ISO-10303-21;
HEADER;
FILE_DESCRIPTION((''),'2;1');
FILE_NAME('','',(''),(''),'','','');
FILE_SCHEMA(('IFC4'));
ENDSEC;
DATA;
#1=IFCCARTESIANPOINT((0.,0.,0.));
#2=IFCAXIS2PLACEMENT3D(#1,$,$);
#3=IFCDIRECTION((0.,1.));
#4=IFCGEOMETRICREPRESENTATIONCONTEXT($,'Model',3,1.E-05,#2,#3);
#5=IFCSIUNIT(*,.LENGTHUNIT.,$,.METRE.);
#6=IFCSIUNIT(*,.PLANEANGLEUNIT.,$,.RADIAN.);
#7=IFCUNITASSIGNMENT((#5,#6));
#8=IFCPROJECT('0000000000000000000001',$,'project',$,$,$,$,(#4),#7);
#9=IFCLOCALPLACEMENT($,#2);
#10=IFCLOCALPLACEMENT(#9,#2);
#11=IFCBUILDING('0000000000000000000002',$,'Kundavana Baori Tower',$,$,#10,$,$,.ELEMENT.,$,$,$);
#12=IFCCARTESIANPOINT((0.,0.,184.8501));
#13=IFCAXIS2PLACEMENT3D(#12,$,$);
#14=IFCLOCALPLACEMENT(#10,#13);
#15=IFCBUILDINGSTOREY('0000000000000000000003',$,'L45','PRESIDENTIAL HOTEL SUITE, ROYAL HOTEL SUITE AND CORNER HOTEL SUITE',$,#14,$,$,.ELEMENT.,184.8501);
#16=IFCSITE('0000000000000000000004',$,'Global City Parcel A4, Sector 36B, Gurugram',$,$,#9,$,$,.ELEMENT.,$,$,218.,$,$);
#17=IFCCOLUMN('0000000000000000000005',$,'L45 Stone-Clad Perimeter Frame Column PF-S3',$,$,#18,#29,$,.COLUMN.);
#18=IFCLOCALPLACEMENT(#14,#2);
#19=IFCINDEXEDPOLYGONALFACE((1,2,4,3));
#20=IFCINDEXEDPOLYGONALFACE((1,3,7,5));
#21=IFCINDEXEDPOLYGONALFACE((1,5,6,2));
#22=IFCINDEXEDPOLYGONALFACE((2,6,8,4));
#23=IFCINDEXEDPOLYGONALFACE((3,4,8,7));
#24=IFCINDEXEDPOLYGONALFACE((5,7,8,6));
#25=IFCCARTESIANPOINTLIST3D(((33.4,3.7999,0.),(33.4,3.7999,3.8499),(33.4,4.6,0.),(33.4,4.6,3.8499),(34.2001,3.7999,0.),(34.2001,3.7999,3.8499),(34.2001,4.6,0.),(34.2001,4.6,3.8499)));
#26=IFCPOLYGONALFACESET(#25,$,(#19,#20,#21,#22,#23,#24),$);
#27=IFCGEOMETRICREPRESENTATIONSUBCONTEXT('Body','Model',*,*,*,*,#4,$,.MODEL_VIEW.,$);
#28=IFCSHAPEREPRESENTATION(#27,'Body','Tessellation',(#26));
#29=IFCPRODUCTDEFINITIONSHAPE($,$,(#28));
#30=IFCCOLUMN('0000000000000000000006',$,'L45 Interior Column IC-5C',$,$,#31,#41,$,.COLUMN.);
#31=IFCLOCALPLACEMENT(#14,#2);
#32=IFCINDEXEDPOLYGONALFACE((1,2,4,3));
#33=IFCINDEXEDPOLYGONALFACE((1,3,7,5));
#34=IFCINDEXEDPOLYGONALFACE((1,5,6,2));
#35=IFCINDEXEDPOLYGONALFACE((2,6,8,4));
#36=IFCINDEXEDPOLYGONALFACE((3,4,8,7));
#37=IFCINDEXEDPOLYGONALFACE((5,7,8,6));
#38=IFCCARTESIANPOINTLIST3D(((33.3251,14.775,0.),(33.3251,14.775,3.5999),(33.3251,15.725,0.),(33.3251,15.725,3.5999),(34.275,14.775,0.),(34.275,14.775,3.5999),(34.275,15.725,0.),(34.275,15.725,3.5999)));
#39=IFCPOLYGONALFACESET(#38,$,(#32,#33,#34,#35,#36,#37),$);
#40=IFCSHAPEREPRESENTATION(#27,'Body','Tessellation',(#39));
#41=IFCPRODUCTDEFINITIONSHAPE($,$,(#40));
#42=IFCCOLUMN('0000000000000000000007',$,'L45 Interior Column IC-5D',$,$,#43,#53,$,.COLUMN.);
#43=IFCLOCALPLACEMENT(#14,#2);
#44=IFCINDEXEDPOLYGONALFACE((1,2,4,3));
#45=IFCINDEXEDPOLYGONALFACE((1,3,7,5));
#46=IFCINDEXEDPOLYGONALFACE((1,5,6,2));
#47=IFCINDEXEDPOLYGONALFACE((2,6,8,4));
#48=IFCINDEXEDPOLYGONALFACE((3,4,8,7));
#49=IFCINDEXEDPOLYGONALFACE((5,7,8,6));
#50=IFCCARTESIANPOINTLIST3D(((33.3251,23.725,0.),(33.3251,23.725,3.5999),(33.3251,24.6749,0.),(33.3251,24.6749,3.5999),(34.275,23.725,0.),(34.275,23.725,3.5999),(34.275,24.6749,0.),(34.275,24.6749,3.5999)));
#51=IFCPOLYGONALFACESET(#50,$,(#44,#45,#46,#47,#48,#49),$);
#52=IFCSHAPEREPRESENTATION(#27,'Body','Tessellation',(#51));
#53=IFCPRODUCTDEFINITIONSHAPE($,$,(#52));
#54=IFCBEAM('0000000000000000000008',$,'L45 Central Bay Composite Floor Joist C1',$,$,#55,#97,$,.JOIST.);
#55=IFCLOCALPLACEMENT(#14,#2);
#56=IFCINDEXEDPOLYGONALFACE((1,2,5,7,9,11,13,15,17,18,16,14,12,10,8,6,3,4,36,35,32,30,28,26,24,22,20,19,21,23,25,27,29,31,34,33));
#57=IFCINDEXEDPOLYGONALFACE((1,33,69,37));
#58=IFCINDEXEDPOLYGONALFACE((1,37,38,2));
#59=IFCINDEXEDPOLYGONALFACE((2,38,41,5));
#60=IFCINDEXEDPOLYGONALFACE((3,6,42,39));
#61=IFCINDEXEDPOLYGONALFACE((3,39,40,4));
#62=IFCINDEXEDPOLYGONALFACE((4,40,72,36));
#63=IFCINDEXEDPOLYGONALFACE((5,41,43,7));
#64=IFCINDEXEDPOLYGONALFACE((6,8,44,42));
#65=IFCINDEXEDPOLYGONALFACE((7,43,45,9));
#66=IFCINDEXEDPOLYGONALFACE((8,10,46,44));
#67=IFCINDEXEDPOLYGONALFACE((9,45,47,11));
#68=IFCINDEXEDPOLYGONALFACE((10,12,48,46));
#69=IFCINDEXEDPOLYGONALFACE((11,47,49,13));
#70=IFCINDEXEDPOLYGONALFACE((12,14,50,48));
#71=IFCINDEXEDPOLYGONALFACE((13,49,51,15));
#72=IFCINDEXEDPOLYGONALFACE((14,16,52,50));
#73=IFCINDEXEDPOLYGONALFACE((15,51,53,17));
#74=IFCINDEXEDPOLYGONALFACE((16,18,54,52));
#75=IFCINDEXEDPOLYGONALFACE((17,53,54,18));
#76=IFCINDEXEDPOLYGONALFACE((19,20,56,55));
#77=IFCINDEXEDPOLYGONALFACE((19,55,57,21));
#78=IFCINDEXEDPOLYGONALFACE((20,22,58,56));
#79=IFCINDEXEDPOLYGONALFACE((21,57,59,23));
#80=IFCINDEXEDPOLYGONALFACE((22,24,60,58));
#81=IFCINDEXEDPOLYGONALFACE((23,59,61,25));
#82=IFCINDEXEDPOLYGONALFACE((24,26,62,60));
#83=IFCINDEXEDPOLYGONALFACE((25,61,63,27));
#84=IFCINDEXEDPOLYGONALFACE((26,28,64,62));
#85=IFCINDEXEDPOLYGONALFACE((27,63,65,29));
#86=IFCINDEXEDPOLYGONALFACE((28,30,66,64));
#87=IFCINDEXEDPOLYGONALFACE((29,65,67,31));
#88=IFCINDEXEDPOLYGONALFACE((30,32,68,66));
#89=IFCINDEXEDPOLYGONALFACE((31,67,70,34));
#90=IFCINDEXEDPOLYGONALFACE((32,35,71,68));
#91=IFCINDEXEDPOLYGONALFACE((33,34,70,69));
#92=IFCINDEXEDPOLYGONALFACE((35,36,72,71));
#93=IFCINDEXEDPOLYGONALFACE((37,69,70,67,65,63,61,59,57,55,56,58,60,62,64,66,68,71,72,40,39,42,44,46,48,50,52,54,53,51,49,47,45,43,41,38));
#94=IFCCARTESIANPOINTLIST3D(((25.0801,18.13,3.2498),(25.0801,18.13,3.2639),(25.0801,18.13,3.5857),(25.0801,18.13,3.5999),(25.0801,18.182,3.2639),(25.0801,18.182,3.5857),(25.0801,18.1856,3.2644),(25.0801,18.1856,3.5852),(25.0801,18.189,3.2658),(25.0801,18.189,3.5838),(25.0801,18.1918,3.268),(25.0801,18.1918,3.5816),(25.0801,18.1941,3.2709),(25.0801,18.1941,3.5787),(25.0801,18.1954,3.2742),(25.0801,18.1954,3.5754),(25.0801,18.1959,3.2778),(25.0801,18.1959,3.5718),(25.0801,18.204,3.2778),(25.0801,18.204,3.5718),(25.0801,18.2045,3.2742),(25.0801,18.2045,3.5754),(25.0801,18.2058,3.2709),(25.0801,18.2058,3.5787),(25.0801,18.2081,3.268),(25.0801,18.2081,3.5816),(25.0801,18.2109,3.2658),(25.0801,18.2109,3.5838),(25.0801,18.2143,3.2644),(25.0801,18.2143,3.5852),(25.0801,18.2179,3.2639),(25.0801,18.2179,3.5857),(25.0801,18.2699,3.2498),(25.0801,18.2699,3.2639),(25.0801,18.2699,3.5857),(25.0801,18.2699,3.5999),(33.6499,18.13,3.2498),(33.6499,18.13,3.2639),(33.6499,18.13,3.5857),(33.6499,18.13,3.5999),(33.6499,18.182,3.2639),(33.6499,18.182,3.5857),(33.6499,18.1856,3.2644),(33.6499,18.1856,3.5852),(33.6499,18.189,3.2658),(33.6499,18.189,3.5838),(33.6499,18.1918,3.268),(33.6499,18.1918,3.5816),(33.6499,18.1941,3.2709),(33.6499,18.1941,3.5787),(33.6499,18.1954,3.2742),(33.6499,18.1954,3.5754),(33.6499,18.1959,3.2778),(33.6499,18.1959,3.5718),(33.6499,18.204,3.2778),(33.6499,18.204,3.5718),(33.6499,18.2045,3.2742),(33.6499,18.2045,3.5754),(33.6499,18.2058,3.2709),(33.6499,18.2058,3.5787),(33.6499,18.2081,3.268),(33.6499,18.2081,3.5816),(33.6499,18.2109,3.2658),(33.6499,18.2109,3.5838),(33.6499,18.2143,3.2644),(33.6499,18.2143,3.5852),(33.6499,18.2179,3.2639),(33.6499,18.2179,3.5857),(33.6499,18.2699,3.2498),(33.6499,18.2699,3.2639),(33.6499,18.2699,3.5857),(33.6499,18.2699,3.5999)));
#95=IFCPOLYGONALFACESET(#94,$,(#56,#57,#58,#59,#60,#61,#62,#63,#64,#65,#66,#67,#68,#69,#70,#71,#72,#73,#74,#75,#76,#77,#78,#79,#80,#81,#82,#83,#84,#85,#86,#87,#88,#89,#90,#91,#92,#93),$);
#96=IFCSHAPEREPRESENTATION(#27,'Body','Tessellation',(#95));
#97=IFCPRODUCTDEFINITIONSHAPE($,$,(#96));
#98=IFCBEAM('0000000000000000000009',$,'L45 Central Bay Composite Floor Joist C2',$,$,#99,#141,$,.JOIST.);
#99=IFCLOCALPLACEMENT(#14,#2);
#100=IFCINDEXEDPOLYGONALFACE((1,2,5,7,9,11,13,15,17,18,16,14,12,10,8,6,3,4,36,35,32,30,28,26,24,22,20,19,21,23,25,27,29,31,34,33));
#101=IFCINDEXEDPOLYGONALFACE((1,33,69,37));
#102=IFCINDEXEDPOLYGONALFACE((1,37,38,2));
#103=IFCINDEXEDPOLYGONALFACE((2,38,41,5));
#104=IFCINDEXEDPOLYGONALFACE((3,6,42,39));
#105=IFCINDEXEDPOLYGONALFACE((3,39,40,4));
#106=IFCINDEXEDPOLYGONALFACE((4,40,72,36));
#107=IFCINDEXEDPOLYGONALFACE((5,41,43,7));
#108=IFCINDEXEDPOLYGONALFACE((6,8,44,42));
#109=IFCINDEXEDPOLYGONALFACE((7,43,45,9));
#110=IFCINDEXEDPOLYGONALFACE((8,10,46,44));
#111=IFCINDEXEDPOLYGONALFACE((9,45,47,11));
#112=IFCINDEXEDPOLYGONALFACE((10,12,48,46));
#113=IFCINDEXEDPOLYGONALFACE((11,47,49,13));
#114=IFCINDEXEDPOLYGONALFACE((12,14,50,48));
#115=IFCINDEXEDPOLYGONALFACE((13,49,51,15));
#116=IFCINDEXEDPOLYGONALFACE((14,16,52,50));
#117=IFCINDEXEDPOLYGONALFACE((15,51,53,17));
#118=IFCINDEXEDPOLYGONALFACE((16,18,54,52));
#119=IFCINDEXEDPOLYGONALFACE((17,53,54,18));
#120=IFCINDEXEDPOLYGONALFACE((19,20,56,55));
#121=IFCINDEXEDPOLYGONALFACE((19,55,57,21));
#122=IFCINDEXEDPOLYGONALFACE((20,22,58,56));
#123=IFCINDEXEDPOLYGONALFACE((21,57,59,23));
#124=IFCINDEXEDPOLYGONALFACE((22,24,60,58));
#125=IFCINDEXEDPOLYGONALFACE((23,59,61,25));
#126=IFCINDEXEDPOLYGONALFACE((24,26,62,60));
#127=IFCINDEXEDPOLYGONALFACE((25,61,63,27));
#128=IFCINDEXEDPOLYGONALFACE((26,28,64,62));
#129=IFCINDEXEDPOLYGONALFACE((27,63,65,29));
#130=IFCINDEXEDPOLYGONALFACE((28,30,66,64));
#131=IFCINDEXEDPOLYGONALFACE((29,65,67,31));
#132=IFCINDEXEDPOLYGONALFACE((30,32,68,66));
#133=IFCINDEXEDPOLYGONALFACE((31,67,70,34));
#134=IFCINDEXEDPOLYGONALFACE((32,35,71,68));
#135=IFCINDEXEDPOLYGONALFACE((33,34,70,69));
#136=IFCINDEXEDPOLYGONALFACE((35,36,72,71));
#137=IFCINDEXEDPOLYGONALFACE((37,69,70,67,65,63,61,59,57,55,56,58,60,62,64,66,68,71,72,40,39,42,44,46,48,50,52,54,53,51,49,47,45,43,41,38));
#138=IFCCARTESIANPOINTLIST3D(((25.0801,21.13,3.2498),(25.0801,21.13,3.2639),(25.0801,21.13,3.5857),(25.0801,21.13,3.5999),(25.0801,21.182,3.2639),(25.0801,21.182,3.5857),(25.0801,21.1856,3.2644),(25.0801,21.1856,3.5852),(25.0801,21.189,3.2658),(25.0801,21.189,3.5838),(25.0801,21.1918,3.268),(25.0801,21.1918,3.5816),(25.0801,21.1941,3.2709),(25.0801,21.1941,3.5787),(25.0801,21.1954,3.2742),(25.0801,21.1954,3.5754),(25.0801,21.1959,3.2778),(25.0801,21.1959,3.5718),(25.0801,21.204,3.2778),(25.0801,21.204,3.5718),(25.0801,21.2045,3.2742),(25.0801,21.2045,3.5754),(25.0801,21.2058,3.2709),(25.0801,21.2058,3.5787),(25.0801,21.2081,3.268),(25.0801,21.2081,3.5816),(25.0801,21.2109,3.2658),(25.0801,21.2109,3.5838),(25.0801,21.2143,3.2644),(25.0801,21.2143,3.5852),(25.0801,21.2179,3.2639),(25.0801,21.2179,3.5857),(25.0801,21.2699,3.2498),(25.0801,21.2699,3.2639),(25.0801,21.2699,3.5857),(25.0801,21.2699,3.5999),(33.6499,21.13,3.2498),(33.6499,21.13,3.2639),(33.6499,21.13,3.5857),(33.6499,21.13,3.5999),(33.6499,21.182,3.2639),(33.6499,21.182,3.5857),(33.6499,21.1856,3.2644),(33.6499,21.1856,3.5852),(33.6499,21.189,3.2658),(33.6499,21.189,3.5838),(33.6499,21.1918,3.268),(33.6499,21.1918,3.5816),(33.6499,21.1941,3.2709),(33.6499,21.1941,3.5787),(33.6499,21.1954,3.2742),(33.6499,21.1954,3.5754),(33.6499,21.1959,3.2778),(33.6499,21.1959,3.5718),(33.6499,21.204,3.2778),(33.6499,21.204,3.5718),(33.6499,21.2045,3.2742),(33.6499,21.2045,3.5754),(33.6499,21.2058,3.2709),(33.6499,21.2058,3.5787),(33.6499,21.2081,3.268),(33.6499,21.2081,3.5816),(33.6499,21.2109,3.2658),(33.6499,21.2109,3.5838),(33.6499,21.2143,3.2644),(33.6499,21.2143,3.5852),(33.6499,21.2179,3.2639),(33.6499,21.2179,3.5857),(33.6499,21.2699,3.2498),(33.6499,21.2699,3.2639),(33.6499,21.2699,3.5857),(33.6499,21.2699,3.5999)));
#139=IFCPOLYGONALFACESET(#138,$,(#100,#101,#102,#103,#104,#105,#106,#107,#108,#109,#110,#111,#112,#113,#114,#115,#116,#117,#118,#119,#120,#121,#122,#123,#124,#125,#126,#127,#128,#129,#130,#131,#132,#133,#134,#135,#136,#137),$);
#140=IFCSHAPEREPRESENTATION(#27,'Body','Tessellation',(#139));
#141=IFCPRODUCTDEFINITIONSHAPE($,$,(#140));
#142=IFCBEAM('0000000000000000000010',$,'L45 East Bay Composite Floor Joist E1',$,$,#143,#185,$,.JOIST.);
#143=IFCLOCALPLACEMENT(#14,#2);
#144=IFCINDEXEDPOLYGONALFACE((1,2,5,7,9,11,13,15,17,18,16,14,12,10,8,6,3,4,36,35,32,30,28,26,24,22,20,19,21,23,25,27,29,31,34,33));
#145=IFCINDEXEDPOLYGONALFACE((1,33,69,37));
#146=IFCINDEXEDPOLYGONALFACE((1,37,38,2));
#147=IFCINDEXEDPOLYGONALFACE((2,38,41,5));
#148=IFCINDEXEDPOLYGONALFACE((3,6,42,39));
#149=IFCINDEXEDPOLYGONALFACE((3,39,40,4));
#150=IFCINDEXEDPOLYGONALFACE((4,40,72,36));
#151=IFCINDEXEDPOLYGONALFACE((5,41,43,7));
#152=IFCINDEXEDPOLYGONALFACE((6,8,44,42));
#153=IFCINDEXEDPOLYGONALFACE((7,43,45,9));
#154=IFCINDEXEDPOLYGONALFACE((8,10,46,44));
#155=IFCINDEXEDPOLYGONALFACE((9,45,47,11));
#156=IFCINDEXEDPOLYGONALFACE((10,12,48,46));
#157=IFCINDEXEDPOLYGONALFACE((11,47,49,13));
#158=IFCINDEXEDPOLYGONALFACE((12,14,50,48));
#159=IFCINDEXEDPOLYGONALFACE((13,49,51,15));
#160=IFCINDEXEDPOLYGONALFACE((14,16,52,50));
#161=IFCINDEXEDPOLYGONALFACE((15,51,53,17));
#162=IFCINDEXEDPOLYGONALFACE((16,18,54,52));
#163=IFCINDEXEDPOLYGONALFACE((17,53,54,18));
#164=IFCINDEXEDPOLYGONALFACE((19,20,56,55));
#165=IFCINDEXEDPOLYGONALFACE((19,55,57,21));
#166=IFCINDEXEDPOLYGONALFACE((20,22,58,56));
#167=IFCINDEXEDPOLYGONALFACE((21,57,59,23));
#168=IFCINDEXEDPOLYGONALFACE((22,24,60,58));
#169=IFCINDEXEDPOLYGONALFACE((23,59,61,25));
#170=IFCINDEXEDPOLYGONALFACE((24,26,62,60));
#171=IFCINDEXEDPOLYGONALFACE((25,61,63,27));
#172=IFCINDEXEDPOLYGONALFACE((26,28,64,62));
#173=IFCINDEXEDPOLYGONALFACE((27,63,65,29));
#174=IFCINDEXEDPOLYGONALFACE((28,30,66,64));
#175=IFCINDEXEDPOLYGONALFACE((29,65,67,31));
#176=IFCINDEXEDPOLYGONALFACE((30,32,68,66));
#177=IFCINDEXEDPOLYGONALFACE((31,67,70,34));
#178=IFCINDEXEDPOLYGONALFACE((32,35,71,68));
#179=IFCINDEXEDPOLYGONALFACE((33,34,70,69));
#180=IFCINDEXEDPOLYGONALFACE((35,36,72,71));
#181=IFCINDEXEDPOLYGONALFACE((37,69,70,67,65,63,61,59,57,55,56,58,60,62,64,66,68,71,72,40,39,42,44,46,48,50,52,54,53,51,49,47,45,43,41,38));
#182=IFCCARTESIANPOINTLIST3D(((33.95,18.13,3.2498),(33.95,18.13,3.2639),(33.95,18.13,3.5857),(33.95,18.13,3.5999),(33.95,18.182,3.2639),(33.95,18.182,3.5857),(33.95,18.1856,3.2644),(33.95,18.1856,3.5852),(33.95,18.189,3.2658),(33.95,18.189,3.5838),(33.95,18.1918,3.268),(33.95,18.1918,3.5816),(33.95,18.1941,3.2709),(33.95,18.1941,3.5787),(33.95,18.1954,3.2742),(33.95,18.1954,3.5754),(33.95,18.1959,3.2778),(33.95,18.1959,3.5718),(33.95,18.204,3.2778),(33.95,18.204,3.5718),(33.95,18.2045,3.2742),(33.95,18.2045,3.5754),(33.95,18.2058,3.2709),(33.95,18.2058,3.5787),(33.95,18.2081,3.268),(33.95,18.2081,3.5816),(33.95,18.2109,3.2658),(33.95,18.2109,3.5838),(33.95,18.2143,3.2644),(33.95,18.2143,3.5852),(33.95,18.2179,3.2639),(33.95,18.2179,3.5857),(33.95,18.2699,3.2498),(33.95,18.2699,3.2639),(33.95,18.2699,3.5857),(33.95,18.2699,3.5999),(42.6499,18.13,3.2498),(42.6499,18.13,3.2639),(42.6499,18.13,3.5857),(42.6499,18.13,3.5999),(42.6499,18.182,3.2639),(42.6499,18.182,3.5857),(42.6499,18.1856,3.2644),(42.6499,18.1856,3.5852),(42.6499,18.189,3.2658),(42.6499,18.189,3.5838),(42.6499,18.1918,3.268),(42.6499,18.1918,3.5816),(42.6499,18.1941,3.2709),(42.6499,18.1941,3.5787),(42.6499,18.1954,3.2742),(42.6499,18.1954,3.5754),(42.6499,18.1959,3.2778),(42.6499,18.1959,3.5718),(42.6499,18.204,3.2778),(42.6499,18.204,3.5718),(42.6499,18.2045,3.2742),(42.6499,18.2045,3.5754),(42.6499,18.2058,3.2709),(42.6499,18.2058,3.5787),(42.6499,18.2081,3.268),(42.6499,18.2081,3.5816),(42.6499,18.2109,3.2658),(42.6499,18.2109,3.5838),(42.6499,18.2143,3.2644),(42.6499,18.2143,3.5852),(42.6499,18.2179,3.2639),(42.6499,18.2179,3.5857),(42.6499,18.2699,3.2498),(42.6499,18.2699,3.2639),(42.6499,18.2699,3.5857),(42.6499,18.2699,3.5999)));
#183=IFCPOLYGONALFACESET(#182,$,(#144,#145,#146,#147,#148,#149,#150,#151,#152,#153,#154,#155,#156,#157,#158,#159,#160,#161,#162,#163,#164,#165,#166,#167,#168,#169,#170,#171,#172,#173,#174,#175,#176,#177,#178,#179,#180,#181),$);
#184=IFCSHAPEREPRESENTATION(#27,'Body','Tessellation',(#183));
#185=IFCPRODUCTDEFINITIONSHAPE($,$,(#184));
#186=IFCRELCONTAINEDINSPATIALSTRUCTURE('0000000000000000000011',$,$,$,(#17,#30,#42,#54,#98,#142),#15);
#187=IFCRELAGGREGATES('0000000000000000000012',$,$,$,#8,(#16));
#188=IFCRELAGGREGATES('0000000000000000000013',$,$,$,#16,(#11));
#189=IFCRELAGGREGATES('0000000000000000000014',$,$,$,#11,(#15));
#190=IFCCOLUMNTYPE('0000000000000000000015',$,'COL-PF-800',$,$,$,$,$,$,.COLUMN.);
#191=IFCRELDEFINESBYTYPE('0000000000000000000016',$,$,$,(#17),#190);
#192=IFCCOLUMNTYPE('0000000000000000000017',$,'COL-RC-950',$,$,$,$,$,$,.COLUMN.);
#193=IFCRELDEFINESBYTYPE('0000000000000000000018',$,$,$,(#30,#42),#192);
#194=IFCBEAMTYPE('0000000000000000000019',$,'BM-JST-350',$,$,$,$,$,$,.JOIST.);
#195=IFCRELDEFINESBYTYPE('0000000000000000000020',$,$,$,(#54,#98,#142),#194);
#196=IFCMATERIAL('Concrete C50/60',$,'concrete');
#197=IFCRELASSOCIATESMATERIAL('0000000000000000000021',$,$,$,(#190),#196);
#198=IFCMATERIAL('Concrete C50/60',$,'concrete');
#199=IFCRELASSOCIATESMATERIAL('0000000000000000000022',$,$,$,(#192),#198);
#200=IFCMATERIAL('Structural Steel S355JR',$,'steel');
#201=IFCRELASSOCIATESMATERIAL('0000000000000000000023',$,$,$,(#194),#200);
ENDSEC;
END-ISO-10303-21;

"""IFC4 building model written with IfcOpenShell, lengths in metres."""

from ifc_helpers import new_model, si_unit, direction, frame, origin, origin_2d, place, context, subcontext, project, spatial, rectangle, i_section, extrude, material, material_profile, profile_set, type_object, element, save


model = new_model("IFC4")

# Units and contexts
model_context = context("Model", 3, precision=1e-05, world=origin(), true_north=direction((0.0, 1.0)))
body_context = subcontext(model_context, "Body", "Model", "MODEL_VIEW")
ifc_project = project(units=[si_unit("LENGTHUNIT", "METRE"), si_unit("PLANEANGLEUNIT", "RADIAN")], contexts=[model_context])

# Site, building, storey
site_placement = place(None, origin())
site = spatial("IfcSite", under=ifc_project, at=site_placement, Name="Global City Parcel A4, Sector 36B, Gurugram", CompositionType="ELEMENT", RefElevation=218.0)
building_placement = place(site_placement, origin())
building = spatial("IfcBuilding", under=site, at=building_placement, Name="Kundavana Baori Tower", CompositionType="ELEMENT")
storey_placement = place(building_placement, frame((0.0, 0.0, 184.8501)))
storey = spatial("IfcBuildingStorey", under=building, at=storey_placement, Name="L45", Description="PRESIDENTIAL HOTEL SUITE, ROYAL HOTEL SUITE AND CORNER HOTEL SUITE", CompositionType="ELEMENT", Elevation=184.8501)

# Columns
ifc_material_1 = material(Name="Concrete C50/60", Category="concrete")
ifc_material_profile_1 = material_profile(ifc_material_1, rectangle(XDim=0.8, YDim=0.8, at=origin_2d()), Name="RC PF 800x800")
ifc_profile_set_1 = profile_set([ifc_material_profile_1], Name="Concrete C50/60")
column_type_1 = type_object("IfcColumnType", Name="COL-PF-800", PredefinedType="COLUMN", material=ifc_profile_set_1)
column_placement = place(storey_placement, frame((33.8, 4.2, 0.0), z_axis=(0.0, 0.0, 1.0), x_axis=(1.0, 0.0, 0.0)))
element("IfcColumn", 1, at=column_placement, inside=storey, type_object=column_type_1, Name="L45 Stone-Clad Perimeter Frame Column PF-S3", PredefinedType="COLUMN", context=body_context, shape_type="SweptSolid", body=[
    extrude(rectangle(XDim=0.8, YDim=0.8, at=origin_2d()), origin(), (0.0, 0.0, 1.0), 3.8499),
])
ifc_material_2 = material(Name="Concrete C50/60", Category="concrete")
ifc_material_profile_2 = material_profile(ifc_material_2, rectangle(XDim=0.95, YDim=0.95, at=origin_2d()), Name="RC 950x950")
ifc_profile_set_2 = profile_set([ifc_material_profile_2], Name="Concrete C50/60")
column_type_2 = type_object("IfcColumnType", Name="COL-RC-950", PredefinedType="COLUMN", material=ifc_profile_set_2)
for number, where, z_axis, x_axis, name in (
    (2, (33.8, 15.25, 0.0), (0.0, 0.0, 1.0), (1.0, 0.0, 0.0), "L45 Interior Column IC-5C"),
    (3, (33.8, 24.2, 0.0), (0.0, 0.0, 1.0), (1.0, 0.0, 0.0), "L45 Interior Column IC-5D"),
):
    element("IfcColumn", number, at=place(storey_placement, frame(where, z_axis=z_axis, x_axis=x_axis)), inside=storey, type_object=column_type_2, Name=name, PredefinedType="COLUMN", context=body_context, shape_type="SweptSolid", body=[
        extrude(rectangle(XDim=0.95, YDim=0.95, at=origin_2d()), origin(), (0.0, 0.0, 1.0), 3.5999),
    ])

# Beams
ifc_material_3 = material(Name="Structural Steel S355JR", Category="steel")
ifc_material_profile_3 = material_profile(ifc_material_3, i_section(OverallWidth=0.1399, OverallDepth=0.3501, WebThickness=0.0081, FlangeThickness=0.0142, FilletRadius=0.0139, at=origin_2d()), Name="ISMB 350")
ifc_profile_set_3 = profile_set([ifc_material_profile_3], Name="Structural Steel S355JR")
beam_type_1 = type_object("IfcBeamType", Name="BM-JST-350", PredefinedType="JOIST", material=ifc_profile_set_3)
for number, where, z_axis, x_axis, name in (
    (4, (25.0801, 18.2, 3.4248), (1.0, 0.0, 0.0), (0.0, 1.0, 0.0), "L45 Central Bay Composite Floor Joist C1"),
    (5, (25.0801, 21.2, 3.4248), (1.0, 0.0, 0.0), (0.0, 1.0, 0.0), "L45 Central Bay Composite Floor Joist C2"),
):
    element("IfcBeam", number, at=place(storey_placement, frame(where, z_axis=z_axis, x_axis=x_axis)), inside=storey, type_object=beam_type_1, Name=name, PredefinedType="JOIST", context=body_context, shape_type="SweptSolid", body=[
        extrude(i_section(OverallWidth=0.1399, OverallDepth=0.3501, WebThickness=0.0081, FlangeThickness=0.0142, FilletRadius=0.0139, at=origin_2d()), origin(), (0.0, 0.0, 1.0), 8.5698),
    ])
for number, where, z_axis, x_axis, name in (
    (6, (33.95, 18.2, 3.4248), (1.0, 0.0, 0.0), (0.0, 1.0, 0.0), "L45 East Bay Composite Floor Joist E1"),
):
    element("IfcBeam", number, at=place(storey_placement, frame(where, z_axis=z_axis, x_axis=x_axis)), inside=storey, type_object=beam_type_1, Name=name, PredefinedType="JOIST", context=body_context, shape_type="SweptSolid", body=[
        extrude(i_section(OverallWidth=0.1399, OverallDepth=0.3501, WebThickness=0.0081, FlangeThickness=0.0142, FilletRadius=0.0139, at=origin_2d()), origin(), (0.0, 0.0, 1.0), 8.7),
    ])

save(model, "model.ifc")
